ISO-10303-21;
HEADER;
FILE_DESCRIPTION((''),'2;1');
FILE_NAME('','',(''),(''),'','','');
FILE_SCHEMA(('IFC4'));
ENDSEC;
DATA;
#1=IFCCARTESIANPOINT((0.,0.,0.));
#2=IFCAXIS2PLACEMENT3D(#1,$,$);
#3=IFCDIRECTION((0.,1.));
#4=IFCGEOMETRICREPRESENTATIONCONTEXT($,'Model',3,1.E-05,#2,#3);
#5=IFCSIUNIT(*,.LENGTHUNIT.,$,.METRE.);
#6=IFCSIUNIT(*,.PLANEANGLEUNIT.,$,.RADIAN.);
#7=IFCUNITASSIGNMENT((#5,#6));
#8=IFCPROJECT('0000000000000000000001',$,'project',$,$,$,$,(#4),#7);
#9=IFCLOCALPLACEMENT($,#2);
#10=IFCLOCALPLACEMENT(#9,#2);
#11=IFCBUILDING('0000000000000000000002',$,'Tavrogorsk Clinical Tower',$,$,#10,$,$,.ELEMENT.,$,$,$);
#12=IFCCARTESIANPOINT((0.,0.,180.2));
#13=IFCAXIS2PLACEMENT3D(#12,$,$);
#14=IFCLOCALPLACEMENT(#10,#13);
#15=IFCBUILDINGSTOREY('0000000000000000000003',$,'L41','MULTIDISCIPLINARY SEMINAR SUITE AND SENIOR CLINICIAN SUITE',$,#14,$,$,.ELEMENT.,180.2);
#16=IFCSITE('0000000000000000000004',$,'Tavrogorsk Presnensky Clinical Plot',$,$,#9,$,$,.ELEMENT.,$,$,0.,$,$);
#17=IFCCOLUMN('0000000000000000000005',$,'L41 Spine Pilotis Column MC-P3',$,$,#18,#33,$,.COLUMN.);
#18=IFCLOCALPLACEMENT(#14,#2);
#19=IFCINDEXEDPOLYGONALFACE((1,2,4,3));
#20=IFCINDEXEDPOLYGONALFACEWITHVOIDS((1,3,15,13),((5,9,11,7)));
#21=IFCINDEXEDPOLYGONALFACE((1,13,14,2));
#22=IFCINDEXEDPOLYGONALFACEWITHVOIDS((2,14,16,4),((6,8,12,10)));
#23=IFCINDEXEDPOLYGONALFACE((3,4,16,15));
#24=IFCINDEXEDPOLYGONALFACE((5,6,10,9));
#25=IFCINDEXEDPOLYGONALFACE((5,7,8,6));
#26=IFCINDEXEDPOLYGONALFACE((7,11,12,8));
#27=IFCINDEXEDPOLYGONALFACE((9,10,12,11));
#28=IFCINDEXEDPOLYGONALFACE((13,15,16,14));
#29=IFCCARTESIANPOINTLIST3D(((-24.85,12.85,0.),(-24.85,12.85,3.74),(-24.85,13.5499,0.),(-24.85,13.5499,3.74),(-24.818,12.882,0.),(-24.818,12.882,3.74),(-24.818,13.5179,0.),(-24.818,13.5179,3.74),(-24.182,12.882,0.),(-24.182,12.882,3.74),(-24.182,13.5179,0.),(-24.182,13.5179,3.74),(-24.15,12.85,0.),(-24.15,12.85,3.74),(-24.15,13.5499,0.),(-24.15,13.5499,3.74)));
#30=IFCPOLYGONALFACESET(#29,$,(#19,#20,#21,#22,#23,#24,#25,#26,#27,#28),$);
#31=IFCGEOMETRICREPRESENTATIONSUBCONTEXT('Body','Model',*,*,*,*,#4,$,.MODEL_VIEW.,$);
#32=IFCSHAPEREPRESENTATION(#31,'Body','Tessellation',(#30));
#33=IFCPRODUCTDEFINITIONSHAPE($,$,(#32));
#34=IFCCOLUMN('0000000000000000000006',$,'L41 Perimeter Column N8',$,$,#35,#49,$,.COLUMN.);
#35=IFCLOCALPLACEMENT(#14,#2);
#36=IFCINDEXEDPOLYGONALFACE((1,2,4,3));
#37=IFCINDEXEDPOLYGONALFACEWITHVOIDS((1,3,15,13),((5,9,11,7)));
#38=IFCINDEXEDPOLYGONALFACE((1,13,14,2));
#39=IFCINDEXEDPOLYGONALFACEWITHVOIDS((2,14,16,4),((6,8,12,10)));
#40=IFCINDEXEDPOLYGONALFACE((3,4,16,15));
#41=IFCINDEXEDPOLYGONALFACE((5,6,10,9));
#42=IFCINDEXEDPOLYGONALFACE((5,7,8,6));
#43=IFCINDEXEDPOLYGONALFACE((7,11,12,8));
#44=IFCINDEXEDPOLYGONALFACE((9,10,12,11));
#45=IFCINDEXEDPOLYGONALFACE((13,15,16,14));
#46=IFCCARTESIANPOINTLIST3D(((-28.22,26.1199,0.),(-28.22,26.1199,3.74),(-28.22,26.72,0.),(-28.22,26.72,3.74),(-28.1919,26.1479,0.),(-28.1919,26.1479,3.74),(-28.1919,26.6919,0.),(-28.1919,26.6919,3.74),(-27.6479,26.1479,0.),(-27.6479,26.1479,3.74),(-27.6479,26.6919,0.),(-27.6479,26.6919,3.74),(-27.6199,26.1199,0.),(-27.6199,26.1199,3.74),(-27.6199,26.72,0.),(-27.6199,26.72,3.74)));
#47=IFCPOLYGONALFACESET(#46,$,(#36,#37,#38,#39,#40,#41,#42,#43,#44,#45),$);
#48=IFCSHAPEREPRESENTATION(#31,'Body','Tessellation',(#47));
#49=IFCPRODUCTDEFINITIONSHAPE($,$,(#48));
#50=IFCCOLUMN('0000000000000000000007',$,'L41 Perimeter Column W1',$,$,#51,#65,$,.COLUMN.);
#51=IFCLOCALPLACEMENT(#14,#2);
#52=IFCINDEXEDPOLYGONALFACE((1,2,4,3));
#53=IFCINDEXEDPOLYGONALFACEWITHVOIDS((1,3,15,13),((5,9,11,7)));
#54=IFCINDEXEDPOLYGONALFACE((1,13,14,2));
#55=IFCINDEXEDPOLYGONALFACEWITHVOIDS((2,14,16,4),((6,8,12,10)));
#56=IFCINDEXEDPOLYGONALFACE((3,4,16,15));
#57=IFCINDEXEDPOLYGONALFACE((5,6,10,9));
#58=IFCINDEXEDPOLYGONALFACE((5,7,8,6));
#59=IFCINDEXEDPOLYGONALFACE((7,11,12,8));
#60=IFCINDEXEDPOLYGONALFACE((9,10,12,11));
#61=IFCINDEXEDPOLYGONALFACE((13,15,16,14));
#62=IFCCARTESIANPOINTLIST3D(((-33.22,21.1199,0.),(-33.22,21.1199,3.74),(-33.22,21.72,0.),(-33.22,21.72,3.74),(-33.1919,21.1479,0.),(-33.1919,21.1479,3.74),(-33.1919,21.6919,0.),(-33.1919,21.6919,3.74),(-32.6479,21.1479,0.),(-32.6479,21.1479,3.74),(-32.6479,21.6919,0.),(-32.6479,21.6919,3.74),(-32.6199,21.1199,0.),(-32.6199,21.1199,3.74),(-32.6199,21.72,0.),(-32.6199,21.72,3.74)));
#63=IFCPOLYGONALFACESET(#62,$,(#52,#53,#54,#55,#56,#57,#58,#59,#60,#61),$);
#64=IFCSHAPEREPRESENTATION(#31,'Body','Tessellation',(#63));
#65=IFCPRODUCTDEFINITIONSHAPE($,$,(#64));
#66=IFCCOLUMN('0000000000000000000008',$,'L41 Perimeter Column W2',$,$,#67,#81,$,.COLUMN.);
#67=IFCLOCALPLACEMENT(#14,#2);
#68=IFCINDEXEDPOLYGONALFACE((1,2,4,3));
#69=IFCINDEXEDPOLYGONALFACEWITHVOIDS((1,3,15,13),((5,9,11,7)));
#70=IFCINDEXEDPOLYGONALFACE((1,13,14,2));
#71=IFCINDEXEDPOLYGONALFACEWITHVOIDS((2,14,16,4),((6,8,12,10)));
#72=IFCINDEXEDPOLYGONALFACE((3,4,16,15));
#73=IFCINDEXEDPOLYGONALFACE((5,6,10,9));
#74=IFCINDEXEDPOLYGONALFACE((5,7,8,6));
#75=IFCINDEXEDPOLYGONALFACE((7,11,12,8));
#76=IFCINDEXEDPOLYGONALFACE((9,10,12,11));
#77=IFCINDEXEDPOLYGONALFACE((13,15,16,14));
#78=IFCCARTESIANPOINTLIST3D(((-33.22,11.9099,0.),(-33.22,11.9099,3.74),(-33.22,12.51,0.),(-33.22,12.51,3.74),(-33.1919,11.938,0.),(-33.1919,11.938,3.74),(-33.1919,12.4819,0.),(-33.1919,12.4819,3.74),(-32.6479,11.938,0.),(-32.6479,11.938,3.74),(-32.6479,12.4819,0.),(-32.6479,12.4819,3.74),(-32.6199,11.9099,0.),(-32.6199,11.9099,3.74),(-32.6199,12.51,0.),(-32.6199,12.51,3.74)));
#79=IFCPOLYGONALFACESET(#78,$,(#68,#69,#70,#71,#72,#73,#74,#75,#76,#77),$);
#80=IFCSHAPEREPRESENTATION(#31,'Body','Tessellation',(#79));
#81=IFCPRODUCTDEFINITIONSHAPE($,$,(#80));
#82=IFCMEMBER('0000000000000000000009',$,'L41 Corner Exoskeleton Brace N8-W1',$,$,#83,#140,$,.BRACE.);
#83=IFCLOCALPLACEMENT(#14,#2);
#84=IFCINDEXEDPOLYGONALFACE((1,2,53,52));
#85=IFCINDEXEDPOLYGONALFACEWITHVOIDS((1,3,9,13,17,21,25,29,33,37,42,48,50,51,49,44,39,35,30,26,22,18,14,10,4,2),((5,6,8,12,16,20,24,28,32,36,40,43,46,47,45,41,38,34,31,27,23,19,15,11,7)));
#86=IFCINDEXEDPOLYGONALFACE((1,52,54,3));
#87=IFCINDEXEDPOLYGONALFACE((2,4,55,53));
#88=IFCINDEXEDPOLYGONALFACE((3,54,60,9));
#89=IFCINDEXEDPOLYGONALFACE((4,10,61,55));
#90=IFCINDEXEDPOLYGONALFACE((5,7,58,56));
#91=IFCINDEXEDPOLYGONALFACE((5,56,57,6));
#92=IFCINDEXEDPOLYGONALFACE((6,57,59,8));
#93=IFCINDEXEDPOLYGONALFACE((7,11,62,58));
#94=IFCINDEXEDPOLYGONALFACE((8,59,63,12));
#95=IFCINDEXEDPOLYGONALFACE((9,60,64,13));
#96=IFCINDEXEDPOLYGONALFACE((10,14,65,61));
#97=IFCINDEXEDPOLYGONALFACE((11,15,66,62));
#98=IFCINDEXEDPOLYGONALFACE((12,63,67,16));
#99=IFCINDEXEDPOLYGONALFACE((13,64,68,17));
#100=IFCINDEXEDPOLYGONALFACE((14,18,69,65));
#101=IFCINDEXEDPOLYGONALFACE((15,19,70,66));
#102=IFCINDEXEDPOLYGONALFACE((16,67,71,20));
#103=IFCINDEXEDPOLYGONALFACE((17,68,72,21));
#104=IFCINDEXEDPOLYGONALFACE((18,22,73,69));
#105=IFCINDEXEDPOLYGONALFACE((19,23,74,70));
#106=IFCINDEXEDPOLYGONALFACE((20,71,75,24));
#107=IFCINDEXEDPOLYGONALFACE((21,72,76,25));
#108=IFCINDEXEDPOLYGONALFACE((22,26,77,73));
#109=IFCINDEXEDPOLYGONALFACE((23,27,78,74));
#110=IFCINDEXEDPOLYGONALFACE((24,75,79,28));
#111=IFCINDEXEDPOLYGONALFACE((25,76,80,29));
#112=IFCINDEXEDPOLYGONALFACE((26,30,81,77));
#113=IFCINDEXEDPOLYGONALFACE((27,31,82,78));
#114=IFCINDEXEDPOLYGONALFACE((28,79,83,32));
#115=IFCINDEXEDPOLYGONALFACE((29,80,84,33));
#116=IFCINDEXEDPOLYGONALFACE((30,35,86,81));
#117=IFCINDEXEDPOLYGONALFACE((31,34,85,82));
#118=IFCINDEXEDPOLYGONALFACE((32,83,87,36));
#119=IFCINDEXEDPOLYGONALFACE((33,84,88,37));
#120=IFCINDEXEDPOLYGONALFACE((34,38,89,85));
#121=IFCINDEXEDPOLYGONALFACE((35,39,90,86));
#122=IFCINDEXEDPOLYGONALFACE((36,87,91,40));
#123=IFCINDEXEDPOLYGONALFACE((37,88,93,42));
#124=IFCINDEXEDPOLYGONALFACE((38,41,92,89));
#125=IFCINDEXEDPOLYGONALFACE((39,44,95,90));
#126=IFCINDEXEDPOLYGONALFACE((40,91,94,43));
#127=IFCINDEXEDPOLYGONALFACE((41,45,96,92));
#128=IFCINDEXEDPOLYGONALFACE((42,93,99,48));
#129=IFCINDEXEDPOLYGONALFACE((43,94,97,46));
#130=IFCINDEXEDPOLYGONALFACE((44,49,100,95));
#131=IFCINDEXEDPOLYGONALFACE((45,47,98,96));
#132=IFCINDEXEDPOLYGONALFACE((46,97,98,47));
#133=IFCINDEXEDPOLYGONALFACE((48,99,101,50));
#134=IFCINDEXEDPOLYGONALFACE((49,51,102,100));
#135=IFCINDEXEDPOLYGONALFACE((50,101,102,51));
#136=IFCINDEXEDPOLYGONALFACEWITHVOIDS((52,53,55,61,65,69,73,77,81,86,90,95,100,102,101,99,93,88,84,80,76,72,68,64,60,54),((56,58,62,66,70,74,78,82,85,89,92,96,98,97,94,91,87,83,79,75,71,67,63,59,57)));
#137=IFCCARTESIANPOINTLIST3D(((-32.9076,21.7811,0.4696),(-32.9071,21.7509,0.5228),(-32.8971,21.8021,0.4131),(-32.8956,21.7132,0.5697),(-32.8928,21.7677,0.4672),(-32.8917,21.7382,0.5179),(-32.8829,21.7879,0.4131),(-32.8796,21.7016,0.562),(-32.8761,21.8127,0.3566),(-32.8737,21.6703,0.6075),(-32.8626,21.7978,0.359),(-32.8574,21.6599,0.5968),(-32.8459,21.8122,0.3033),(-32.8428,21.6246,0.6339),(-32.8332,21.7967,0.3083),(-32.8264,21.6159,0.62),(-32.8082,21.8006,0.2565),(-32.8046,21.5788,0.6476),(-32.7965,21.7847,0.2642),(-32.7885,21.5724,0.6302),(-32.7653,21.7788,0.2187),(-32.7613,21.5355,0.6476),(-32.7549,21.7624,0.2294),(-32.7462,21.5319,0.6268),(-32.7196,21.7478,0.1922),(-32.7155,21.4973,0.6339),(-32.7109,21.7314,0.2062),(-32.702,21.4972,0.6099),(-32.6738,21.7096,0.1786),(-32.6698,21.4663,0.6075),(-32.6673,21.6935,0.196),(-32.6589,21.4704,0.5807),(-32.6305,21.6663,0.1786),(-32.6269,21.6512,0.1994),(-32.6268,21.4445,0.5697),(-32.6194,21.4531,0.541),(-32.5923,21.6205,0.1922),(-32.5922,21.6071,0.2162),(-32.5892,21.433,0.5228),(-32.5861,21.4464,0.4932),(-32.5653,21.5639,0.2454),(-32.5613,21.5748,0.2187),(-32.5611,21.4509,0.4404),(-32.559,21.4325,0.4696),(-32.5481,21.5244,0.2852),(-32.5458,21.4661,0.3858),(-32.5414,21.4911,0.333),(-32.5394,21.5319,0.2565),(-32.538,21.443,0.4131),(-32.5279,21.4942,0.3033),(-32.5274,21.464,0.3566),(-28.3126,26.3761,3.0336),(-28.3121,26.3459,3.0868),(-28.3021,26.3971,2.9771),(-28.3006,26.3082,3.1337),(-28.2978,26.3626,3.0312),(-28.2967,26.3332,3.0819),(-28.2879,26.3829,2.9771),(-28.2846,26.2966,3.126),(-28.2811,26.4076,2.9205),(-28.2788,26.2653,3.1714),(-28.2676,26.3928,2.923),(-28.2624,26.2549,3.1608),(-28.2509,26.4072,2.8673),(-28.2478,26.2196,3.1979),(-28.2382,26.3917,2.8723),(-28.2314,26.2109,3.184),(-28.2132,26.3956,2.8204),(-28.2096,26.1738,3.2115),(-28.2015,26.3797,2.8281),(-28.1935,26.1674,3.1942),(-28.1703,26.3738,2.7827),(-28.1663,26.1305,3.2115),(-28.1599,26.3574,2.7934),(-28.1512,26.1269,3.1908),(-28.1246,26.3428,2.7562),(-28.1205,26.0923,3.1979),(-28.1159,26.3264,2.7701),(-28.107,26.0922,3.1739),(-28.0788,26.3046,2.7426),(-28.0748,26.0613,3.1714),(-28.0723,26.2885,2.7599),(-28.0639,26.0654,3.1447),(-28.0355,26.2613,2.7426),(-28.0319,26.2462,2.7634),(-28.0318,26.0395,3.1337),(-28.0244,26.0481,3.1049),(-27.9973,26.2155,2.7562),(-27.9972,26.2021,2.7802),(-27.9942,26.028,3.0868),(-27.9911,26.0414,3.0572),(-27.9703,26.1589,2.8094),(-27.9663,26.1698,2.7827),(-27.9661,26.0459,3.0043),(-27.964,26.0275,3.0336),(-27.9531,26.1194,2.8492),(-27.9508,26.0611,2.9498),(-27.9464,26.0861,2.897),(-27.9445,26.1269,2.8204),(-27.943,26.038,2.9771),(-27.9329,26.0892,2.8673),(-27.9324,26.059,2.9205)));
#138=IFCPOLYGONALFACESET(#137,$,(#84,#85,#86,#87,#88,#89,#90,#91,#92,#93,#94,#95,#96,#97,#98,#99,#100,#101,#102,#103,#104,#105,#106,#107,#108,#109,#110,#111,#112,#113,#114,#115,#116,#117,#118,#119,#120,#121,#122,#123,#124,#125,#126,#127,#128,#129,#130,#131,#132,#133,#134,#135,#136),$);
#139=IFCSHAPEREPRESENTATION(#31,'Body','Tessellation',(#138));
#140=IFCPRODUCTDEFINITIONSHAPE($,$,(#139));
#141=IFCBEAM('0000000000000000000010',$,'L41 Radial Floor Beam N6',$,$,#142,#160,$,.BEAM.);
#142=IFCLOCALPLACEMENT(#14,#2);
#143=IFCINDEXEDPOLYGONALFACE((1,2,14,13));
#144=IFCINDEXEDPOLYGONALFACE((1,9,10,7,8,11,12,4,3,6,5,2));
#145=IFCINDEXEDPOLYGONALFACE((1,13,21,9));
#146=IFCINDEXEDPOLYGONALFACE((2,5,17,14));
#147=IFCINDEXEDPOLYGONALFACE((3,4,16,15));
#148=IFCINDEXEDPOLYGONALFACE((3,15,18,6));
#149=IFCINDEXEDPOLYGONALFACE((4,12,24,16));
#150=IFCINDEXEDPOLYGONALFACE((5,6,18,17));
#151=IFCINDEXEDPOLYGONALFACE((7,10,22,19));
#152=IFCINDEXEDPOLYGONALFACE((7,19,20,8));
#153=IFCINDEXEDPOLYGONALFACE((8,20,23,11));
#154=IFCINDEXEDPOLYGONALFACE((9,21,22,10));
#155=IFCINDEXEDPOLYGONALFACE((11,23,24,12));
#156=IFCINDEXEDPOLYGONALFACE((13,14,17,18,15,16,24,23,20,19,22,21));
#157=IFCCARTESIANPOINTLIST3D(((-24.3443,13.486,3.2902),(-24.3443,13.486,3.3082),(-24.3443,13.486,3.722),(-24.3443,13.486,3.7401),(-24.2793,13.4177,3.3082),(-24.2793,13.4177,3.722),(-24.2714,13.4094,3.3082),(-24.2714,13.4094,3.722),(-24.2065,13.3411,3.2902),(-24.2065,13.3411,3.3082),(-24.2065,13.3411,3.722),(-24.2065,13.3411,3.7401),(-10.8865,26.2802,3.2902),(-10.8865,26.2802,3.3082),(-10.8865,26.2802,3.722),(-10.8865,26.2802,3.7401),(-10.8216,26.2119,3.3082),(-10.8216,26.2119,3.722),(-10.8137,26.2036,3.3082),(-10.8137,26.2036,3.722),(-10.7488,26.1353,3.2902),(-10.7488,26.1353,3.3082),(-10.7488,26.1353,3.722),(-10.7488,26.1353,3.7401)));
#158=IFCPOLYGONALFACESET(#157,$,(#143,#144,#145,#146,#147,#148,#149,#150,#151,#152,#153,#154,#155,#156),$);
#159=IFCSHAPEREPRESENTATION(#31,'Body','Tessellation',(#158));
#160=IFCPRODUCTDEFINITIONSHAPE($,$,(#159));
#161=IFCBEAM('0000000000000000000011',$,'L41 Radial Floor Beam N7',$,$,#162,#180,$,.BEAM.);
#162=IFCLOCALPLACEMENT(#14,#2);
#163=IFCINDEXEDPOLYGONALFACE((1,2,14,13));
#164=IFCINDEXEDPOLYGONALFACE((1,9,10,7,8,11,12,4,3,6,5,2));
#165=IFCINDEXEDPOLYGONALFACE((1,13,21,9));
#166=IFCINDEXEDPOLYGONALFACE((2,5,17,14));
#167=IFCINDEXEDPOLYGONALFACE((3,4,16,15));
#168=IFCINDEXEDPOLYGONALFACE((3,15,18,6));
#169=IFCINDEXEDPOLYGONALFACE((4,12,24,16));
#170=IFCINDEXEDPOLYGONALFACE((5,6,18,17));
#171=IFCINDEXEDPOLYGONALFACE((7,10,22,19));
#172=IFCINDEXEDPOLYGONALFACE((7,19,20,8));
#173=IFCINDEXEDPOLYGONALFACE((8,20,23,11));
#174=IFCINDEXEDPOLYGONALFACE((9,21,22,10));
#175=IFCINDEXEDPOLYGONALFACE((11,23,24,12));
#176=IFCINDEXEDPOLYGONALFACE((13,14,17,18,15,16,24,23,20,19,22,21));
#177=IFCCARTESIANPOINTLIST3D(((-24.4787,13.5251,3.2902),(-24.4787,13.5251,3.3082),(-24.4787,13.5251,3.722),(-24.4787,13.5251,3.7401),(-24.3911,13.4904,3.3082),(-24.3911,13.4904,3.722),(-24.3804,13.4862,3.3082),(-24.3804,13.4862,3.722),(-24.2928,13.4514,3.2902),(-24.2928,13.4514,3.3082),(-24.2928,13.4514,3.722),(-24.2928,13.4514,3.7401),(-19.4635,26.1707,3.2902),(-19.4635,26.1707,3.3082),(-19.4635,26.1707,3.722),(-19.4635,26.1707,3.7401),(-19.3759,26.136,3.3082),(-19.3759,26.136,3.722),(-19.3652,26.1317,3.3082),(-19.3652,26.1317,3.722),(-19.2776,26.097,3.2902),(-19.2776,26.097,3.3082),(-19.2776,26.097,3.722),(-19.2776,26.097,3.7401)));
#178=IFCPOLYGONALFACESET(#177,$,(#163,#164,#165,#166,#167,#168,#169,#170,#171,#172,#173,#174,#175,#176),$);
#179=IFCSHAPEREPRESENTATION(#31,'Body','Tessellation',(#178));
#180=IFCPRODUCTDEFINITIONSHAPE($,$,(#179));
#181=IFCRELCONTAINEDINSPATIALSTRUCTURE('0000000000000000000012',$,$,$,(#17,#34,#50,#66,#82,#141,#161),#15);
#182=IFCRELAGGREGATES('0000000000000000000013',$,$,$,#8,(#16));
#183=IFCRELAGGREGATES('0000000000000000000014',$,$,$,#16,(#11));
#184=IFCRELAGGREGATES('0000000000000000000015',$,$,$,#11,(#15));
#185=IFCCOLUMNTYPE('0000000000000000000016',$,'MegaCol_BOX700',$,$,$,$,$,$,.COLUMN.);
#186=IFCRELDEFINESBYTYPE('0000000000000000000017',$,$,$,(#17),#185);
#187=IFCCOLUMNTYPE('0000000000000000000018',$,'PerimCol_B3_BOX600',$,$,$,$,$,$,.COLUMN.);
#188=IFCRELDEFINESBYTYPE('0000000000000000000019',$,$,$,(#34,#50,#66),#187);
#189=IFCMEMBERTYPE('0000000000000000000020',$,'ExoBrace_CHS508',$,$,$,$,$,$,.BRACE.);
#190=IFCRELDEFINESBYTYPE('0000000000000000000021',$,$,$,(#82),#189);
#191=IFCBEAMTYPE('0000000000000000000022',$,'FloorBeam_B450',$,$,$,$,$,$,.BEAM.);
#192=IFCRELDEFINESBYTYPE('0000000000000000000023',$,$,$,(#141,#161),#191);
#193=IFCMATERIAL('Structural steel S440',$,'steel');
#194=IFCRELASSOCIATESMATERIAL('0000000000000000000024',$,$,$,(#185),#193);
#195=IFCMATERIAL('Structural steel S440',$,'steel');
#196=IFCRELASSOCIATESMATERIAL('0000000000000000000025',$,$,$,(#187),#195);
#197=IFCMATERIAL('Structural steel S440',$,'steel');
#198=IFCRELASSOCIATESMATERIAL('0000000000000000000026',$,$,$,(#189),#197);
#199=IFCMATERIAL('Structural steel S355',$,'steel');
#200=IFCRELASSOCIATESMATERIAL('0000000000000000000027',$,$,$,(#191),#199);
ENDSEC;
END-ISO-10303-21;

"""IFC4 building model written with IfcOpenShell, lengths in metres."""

from ifc_helpers import new_model, si_unit, direction, frame, origin, origin_2d, place, context, subcontext, project, spatial, hollow_rectangle, hollow_circle, i_section, extrude, material, material_profile, profile_set, type_object, element, save


model = new_model("IFC4")

# Units and contexts
model_context = context("Model", 3, precision=1e-05, world=origin(), true_north=direction((0.0, 1.0)))
body_context = subcontext(model_context, "Body", "Model", "MODEL_VIEW")
ifc_project = project(units=[si_unit("LENGTHUNIT", "METRE"), si_unit("PLANEANGLEUNIT", "RADIAN")], contexts=[model_context])

# Site, building, storey
site_placement = place(None, origin())
site = spatial("IfcSite", under=ifc_project, at=site_placement, Name="Tavrogorsk Presnensky Clinical Plot", CompositionType="ELEMENT", RefElevation=0.0)
building_placement = place(site_placement, origin())
building = spatial("IfcBuilding", under=site, at=building_placement, Name="Tavrogorsk Clinical Tower", CompositionType="ELEMENT")
storey_placement = place(building_placement, frame((0.0, 0.0, 180.2)))
storey = spatial("IfcBuildingStorey", under=building, at=storey_placement, Name="L41", Description="MULTIDISCIPLINARY SEMINAR SUITE AND SENIOR CLINICIAN SUITE", CompositionType="ELEMENT", Elevation=180.2)

# Columns
ifc_material_1 = material(Name="Structural steel S440", Category="steel")
ifc_material_profile_1 = material_profile(ifc_material_1, hollow_rectangle(XDim=0.7, YDim=0.7, WallThickness=0.032, at=origin_2d()), Name="BOX-700x700x32")
ifc_profile_set_1 = profile_set([ifc_material_profile_1], Name="Structural steel S440")
column_type_1 = type_object("IfcColumnType", Name="MegaCol_BOX700", PredefinedType="COLUMN", material=ifc_profile_set_1)
column_placement = place(storey_placement, frame((-24.5, 13.2, 0.0), z_axis=(0.0, 0.0, 1.0), x_axis=(1.0, 0.0, 0.0)))
element("IfcColumn", 1, at=column_placement, inside=storey, type_object=column_type_1, Name="L41 Spine Pilotis Column MC-P3", PredefinedType="COLUMN", context=body_context, shape_type="SweptSolid", body=[
    extrude(hollow_rectangle(XDim=0.7, YDim=0.7, WallThickness=0.032, at=origin_2d()), origin(), (0.0, 0.0, 1.0), 3.74),
])
ifc_material_2 = material(Name="Structural steel S440", Category="steel")
ifc_material_profile_2 = material_profile(ifc_material_2, hollow_rectangle(XDim=0.6001, YDim=0.6001, WallThickness=0.0281, at=origin_2d()), Name="BOX-600x600x28")
ifc_profile_set_2 = profile_set([ifc_material_profile_2], Name="Structural steel S440")
column_type_2 = type_object("IfcColumnType", Name="PerimCol_B3_BOX600", PredefinedType="COLUMN", material=ifc_profile_set_2)
for number, where, z_axis, x_axis, name in (
    (2, (-27.9199, 26.4199, 0.0), (0.0, 0.0, 1.0), (1.0, 0.0, 0.0), "L41 Perimeter Column N8"),
    (3, (-32.9199, 21.4199, 0.0), (0.0, 0.0, 1.0), (1.0, 0.0, 0.0), "L41 Perimeter Column W1"),
    (4, (-32.9199, 12.21, 0.0), (0.0, 0.0, 1.0), (1.0, 0.0, 0.0), "L41 Perimeter Column W2"),
):
    element("IfcColumn", number, at=place(storey_placement, frame(where, z_axis=z_axis, x_axis=x_axis)), inside=storey, type_object=column_type_2, Name=name, PredefinedType="COLUMN", context=body_context, shape_type="SweptSolid", body=[
        extrude(hollow_rectangle(XDim=0.6001, YDim=0.6001, WallThickness=0.0281, at=origin_2d()), origin(), (0.0, 0.0, 1.0), 3.74),
    ])

# Member
ifc_material_3 = material(Name="Structural steel S440", Category="steel")
ifc_material_profile_3 = material_profile(ifc_material_3, hollow_circle(Radius=0.2539, WallThickness=0.02, at=origin_2d()), Name="CHS-508x20")
ifc_profile_set_3 = profile_set([ifc_material_profile_3], Name="Structural steel S440")
member_type_1 = type_object("IfcMemberType", Name="ExoBrace_CHS508", PredefinedType="BRACE", material=ifc_profile_set_3)
member_1_placement = place(storey_placement, frame((-32.7175, 21.6226, 0.4131), z_axis=(0.657759, 0.657759, 0.367025), x_axis=(-0.707107, 0.707107, 0.0)))
element("IfcMember", 5, at=member_1_placement, inside=storey, type_object=member_type_1, Name="L41 Corner Exoskeleton Brace N8-W1", PredefinedType="BRACE", context=body_context, shape_type="SweptSolid", body=[
    extrude(hollow_circle(Radius=0.2539, WallThickness=0.02, at=origin_2d()), origin(), (0.0, 0.0, 1.0), 6.9858),
])

# Beams
ifc_material_4 = material(Name="Structural steel S355", Category="steel")
ifc_material_profile_4 = material_profile(ifc_material_4, i_section(OverallWidth=0.2, OverallDepth=0.45, WebThickness=0.0115, FlangeThickness=0.0181, at=origin_2d()), Name="B-450x200x11.5x18")
ifc_profile_set_4 = profile_set([ifc_material_profile_4], Name="Structural steel S355")
beam_type_1 = type_object("IfcBeamType", Name="FloorBeam_B450", PredefinedType="BEAM", material=ifc_profile_set_4)
beam_1_placement = place(storey_placement, frame((-24.2754, 13.4136, 3.5151), z_axis=(0.724749, 0.689013, 0.0), x_axis=(-0.689013, 0.724749, 0.0)))
element("IfcBeam", 6, at=beam_1_placement, inside=storey, type_object=beam_type_1, Name="L41 Radial Floor Beam N6", PredefinedType="BEAM", context=body_context, shape_type="SweptSolid", body=[
    extrude(i_section(OverallWidth=0.2, OverallDepth=0.45, WebThickness=0.0115, FlangeThickness=0.0181, at=origin_2d()), origin(), (0.0, 0.0, 1.0), 18.5688),
])
beam_2_placement = place(storey_placement, frame((-24.3857, 13.4883, 3.5151), z_axis=(0.36866, 0.929564, 0.0), x_axis=(-0.929564, 0.36866, 0.0)))
element("IfcBeam", 7, at=beam_2_placement, inside=storey, type_object=beam_type_1, Name="L41 Radial Floor Beam N7", PredefinedType="BEAM", context=body_context, shape_type="SweptSolid", body=[
    extrude(i_section(OverallWidth=0.2, OverallDepth=0.45, WebThickness=0.0115, FlangeThickness=0.0181, at=origin_2d()), origin(), (0.0, 0.0, 1.0), 13.6038),
])

save(model, "model.ifc")
